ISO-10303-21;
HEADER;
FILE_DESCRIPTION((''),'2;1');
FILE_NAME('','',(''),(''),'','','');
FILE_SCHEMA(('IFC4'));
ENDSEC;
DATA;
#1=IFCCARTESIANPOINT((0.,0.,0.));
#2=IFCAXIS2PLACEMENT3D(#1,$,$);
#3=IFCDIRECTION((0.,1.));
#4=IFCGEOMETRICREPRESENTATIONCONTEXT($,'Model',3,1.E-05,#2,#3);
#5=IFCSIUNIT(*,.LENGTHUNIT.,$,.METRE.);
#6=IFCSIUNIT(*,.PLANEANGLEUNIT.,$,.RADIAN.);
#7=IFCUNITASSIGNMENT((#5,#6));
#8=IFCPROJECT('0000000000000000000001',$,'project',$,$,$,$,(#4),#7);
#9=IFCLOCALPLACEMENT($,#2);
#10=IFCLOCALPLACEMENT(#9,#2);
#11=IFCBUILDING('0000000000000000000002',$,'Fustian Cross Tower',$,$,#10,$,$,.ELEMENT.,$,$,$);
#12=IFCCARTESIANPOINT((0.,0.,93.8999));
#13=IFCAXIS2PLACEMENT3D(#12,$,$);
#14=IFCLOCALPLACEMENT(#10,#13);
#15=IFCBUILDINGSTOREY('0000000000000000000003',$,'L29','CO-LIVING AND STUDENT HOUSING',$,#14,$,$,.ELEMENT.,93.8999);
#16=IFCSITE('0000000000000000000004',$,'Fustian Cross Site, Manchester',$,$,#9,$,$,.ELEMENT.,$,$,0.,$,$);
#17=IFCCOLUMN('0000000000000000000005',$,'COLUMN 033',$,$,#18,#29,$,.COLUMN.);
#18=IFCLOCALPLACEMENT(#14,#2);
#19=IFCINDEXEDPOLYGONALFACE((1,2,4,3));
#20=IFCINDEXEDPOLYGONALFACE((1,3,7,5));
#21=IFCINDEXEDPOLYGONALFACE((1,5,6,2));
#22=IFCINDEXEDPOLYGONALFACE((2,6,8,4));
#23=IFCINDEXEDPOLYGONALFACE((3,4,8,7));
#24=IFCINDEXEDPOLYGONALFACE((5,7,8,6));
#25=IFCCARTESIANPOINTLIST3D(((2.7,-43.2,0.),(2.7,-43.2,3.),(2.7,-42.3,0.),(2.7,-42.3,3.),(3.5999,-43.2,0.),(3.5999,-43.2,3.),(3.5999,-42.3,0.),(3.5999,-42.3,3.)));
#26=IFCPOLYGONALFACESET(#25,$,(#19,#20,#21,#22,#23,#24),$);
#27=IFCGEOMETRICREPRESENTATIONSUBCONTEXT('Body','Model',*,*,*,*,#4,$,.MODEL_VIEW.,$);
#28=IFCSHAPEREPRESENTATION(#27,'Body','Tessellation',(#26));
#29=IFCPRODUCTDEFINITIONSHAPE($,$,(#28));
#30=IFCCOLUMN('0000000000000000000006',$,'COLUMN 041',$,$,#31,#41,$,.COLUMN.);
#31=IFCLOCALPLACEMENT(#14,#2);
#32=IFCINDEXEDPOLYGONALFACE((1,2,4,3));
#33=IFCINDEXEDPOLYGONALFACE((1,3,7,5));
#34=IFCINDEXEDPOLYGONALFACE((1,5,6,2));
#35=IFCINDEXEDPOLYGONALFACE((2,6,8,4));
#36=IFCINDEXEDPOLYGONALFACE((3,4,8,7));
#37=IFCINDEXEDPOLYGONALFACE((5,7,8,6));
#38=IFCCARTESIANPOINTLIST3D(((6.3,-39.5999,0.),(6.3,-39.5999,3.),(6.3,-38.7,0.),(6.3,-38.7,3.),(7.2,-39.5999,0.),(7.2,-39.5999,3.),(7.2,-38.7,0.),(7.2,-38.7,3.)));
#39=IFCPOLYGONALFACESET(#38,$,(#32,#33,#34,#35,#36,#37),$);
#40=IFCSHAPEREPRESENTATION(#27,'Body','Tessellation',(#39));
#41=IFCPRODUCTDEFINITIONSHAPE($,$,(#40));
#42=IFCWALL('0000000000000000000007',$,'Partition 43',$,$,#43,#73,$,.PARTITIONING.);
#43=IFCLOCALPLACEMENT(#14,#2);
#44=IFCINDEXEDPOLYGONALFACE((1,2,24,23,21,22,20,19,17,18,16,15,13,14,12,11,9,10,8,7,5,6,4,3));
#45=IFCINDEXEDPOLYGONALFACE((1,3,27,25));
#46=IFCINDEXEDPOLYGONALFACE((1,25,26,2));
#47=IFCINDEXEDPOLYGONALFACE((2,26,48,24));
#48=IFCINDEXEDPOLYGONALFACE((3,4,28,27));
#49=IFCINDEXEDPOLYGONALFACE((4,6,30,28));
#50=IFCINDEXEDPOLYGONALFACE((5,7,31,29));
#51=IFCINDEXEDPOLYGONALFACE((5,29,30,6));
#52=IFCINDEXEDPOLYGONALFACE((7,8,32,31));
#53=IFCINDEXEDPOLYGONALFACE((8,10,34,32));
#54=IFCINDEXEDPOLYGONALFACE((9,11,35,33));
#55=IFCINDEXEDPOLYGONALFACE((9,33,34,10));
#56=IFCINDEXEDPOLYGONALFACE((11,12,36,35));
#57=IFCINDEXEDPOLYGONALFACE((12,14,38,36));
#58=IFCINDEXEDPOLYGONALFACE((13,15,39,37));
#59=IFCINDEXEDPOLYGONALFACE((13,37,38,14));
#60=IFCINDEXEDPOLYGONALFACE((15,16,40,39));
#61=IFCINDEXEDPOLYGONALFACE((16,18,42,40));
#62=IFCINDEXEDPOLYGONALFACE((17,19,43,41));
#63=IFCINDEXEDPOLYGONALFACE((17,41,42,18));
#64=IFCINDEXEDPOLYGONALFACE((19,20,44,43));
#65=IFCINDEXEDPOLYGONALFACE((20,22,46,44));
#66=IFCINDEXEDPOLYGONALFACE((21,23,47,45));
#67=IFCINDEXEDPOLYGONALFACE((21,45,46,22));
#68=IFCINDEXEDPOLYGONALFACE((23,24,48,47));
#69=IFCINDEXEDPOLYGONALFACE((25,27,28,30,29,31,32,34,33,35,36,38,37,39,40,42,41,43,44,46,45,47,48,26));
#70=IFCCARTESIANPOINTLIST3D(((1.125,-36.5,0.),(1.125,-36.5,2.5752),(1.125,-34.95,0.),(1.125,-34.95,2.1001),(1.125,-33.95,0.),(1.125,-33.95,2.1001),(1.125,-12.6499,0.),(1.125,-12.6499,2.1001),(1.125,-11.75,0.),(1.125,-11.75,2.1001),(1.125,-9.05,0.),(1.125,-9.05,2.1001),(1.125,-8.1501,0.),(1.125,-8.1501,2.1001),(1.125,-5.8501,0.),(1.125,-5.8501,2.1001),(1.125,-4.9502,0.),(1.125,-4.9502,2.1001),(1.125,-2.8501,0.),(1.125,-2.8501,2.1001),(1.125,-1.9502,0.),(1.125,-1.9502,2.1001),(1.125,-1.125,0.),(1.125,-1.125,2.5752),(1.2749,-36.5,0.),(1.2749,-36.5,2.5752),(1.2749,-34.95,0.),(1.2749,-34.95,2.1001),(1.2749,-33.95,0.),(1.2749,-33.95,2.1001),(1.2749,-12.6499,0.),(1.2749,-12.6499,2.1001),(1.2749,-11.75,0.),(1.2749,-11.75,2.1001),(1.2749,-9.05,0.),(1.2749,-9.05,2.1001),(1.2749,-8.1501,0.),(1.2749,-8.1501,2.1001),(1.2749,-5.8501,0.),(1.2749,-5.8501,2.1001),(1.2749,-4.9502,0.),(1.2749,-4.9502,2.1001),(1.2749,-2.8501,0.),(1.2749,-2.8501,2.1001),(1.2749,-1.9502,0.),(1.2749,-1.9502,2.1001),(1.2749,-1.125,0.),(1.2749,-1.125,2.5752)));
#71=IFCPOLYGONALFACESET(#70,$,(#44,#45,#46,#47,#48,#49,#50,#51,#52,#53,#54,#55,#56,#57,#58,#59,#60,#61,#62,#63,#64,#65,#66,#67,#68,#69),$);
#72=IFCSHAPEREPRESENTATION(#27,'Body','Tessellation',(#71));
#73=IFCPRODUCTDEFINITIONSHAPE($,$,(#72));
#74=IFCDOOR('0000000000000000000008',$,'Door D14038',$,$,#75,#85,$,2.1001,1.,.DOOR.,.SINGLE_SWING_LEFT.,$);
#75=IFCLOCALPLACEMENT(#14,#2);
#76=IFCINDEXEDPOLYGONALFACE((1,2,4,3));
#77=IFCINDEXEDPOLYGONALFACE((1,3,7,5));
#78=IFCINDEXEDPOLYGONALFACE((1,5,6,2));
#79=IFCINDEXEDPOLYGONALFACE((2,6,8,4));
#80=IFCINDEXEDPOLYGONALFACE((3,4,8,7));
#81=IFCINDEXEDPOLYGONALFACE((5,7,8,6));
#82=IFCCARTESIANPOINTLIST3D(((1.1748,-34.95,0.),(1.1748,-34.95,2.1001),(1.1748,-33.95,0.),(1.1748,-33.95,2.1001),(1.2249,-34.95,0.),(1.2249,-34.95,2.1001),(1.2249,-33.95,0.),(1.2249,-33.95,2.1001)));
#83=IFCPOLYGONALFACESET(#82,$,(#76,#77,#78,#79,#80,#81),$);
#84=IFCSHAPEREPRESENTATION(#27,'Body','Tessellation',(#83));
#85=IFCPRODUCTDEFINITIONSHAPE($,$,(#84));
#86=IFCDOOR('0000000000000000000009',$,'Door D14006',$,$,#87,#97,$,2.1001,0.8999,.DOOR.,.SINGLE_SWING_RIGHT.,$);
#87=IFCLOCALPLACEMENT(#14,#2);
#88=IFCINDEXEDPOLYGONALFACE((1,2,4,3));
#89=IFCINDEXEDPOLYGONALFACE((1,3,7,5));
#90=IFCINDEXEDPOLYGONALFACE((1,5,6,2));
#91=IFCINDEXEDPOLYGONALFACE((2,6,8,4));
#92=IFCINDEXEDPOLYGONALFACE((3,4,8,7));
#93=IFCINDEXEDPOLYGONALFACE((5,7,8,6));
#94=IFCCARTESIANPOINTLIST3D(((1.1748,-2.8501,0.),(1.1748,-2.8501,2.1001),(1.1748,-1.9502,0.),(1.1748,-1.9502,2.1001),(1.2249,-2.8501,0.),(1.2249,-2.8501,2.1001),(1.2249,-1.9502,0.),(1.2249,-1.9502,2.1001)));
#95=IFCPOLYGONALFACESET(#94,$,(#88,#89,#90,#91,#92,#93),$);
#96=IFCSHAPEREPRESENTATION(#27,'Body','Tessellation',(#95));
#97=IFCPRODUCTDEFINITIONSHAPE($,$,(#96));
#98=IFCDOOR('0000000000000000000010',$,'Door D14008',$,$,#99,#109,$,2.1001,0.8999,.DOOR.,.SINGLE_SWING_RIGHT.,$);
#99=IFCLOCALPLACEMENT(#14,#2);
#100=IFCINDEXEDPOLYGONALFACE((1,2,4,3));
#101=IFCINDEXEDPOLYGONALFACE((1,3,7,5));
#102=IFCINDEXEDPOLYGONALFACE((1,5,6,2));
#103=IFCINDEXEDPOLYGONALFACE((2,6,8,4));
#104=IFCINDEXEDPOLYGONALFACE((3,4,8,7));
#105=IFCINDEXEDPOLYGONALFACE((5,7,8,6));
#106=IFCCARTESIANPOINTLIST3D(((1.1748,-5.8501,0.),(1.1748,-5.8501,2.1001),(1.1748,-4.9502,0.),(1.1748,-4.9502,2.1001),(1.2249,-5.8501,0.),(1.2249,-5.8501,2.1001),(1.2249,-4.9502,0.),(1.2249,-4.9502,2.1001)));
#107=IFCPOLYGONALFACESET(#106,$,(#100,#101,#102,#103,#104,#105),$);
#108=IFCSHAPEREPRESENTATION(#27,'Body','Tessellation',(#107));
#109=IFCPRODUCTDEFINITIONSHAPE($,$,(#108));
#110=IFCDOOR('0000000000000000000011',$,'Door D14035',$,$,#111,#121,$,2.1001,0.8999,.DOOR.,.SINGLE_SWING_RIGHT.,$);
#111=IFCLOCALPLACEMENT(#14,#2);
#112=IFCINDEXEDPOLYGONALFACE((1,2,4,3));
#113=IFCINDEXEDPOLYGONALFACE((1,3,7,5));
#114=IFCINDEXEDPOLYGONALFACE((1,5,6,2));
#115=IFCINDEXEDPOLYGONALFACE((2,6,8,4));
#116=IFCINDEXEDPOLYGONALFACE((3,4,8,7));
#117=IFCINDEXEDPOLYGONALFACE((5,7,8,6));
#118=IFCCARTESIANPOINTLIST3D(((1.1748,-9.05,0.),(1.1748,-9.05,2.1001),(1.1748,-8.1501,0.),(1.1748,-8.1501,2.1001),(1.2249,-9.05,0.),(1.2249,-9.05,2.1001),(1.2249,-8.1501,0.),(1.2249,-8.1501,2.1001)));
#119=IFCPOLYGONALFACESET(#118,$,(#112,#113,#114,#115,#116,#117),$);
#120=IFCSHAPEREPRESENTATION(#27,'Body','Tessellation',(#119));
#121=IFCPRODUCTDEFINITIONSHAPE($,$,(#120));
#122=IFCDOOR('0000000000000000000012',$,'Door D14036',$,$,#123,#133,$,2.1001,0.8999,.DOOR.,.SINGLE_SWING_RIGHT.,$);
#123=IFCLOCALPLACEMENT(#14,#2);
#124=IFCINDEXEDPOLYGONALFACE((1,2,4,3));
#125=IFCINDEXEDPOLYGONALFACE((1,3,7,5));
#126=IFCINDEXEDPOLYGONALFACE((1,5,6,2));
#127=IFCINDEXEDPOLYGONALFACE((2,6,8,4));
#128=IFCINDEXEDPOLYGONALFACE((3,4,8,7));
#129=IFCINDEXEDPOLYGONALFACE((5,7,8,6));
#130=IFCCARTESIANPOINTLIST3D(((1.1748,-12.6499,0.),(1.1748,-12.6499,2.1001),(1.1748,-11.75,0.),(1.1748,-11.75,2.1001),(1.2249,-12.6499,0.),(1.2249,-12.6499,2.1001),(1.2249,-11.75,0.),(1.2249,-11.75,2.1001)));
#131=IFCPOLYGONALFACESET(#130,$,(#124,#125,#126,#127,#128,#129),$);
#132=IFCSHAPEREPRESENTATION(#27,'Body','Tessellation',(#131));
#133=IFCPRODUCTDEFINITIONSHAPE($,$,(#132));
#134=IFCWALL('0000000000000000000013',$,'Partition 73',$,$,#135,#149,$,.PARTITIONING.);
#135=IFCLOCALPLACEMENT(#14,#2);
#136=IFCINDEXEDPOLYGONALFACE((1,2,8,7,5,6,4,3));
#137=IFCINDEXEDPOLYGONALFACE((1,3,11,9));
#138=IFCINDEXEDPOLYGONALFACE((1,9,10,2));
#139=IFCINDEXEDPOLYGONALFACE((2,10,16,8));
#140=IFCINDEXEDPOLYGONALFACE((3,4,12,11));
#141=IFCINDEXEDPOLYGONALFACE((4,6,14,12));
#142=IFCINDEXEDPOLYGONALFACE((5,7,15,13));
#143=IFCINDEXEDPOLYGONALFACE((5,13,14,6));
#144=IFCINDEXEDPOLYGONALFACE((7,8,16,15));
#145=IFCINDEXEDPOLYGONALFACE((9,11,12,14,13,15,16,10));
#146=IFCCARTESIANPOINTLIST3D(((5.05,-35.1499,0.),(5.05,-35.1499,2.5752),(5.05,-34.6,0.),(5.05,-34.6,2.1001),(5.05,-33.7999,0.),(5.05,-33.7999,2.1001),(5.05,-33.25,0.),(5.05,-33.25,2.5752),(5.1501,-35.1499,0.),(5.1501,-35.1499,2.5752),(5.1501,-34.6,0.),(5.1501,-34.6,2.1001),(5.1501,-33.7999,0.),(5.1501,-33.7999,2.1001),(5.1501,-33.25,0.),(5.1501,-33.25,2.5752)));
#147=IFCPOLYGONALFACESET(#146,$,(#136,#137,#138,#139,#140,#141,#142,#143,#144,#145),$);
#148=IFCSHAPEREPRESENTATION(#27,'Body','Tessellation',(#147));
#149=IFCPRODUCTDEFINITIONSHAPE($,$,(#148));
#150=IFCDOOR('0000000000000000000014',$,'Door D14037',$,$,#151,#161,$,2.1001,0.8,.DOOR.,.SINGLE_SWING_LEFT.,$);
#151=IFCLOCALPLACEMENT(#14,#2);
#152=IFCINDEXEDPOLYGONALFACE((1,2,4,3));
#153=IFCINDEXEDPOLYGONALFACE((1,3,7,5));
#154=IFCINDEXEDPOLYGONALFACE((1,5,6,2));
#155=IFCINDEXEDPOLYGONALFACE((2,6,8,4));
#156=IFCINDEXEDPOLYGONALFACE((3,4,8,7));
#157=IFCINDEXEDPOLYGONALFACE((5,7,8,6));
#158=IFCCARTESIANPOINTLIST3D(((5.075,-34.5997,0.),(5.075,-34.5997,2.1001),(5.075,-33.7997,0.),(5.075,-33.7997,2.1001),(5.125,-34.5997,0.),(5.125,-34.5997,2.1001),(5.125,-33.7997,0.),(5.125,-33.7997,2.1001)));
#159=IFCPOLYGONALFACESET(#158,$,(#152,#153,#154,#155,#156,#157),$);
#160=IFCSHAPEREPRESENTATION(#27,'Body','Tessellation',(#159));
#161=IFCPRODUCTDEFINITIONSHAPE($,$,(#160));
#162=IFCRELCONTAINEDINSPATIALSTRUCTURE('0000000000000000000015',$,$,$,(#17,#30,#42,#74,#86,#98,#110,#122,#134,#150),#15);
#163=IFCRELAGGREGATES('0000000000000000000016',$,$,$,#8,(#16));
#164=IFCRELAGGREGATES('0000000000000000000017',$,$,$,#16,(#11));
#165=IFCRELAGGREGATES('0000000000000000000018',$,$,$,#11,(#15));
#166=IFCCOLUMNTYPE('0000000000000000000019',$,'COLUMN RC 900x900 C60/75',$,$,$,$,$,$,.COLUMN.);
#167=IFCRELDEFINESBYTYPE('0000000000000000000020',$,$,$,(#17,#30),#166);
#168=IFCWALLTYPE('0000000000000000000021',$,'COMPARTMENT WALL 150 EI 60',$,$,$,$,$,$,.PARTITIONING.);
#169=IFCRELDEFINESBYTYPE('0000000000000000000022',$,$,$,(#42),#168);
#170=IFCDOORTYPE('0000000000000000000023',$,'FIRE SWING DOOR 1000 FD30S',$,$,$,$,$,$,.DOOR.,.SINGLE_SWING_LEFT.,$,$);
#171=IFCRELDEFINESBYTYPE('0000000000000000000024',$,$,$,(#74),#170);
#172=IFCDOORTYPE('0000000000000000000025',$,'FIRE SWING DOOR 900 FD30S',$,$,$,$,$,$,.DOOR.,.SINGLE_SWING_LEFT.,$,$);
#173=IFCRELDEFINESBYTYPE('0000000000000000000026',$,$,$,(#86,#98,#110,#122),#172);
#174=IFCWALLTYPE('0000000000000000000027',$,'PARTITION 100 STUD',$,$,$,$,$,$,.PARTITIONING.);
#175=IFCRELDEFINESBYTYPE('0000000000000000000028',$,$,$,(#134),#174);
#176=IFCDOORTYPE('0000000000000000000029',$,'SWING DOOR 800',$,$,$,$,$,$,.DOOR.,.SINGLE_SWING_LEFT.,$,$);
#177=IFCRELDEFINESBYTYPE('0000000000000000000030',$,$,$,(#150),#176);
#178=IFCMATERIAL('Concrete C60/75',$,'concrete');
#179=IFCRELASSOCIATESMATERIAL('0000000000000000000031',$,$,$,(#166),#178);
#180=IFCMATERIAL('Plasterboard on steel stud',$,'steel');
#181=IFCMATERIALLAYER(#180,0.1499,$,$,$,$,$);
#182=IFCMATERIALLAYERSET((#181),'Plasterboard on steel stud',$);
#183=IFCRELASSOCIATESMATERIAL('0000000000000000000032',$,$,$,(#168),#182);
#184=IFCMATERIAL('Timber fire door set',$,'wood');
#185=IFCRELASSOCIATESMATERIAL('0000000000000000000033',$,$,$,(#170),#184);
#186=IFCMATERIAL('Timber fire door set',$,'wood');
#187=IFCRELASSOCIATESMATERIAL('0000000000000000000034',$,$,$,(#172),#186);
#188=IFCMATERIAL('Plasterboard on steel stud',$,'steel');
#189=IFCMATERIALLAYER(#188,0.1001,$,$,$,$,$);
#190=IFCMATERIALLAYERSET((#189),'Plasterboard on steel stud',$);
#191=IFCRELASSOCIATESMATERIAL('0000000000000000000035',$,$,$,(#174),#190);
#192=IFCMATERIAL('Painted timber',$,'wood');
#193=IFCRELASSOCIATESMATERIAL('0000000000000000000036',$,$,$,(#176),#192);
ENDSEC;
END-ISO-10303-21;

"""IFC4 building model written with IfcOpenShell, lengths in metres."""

from ifc_helpers import new_model, si_unit, direction, frame, frame_2d, origin, origin_2d, place, context, subcontext, project, spatial, rectangle, extrude, material, layer, layer_set, material_profile, profile_set, type_object, element, fill, save


model = new_model("IFC4")

# Units and contexts
model_context = context("Model", 3, precision=1e-05, world=origin(), true_north=direction((0.0, 1.0)))
body_context = subcontext(model_context, "Body", "Model", "MODEL_VIEW")
ifc_project = project(units=[si_unit("LENGTHUNIT", "METRE"), si_unit("PLANEANGLEUNIT", "RADIAN")], contexts=[model_context])

# Site, building, storey
site_placement = place(None, origin())
site = spatial("IfcSite", under=ifc_project, at=site_placement, Name="Fustian Cross Site, Manchester", CompositionType="ELEMENT", RefElevation=0.0)
building_placement = place(site_placement, origin())
building = spatial("IfcBuilding", under=site, at=building_placement, Name="Fustian Cross Tower", CompositionType="ELEMENT")
storey_placement = place(building_placement, frame((0.0, 0.0, 93.8999)))
storey = spatial("IfcBuildingStorey", under=building, at=storey_placement, Name="L29", Description="CO-LIVING AND STUDENT HOUSING", CompositionType="ELEMENT", Elevation=93.8999)

# Columns
ifc_material_1 = material(Name="Concrete C60/75", Category="concrete")
ifc_material_profile = material_profile(ifc_material_1, rectangle(XDim=0.8999, YDim=0.8999, at=origin_2d()), Name="RC 900x900")
ifc_profile_set = profile_set([ifc_material_profile], Name="Concrete C60/75")
column_type = type_object("IfcColumnType", Name="COLUMN RC 900x900 C60/75", PredefinedType="COLUMN", material=ifc_profile_set)
for number, where, z_axis, x_axis, name in (
    (1, (3.1499, -42.75, 0.0), (0.0, 0.0, 1.0), (1.0, 0.0, 0.0), "COLUMN 033"),
    (2, (6.75, -39.1499, 0.0), (0.0, 0.0, 1.0), (1.0, 0.0, 0.0), "COLUMN 041"),
):
    element("IfcColumn", number, at=place(storey_placement, frame(where, z_axis=z_axis, x_axis=x_axis)), inside=storey, type_object=column_type, Name=name, PredefinedType="COLUMN", context=body_context, shape_type="SweptSolid", body=[
        extrude(rectangle(XDim=0.8999, YDim=0.8999, at=origin_2d()), origin(), (0.0, 0.0, 1.0), 3.0),
    ])

# Wall, openings, doors
ifc_material_2 = material(Name="Plasterboard on steel stud", Category="steel")
ifc_layer_1 = layer(ifc_material_2, 0.1499)
ifc_layer_set_1 = layer_set([ifc_layer_1], Name="Plasterboard on steel stud")
wall_type_1 = type_object("IfcWallType", Name="COMPARTMENT WALL 150 EI 60", PredefinedType="PARTITIONING", material=ifc_layer_set_1)
wall_1_placement = place(storey_placement, frame((1.2, -36.5, 0.0), z_axis=(0.0, 0.0, 1.0), x_axis=(0.0, 1.0, 0.0)))
wall_1 = element("IfcWall", 3, at=wall_1_placement, inside=storey, type_object=wall_type_1, Name="Partition 43", PredefinedType="PARTITIONING", context=body_context, shape_type="SweptSolid", body=[
    extrude(rectangle(XDim=35.375, YDim=0.1499, at=frame_2d((17.6875, 0.0))), origin(), (0.0, 0.0, 1.0), 2.5752),
])
opening_1_placement = place(wall_1_placement, frame((33.6499, 0.0, 0.0)))
opening_1 = element("IfcOpeningElement", 4, at=opening_1_placement, cuts=wall_1, PredefinedType="OPENING", context=body_context, shape_type="SweptSolid", body=[
    extrude(rectangle(XDim=0.8999, YDim=2.1001, at=frame_2d((0.45, 1.05))), frame((0.0, 0.085, 0.0), z_axis=(0.0, -1.0, 0.0), x_axis=(1.0, 0.0, 0.0)), (0.0, 0.0, 1.0), 0.1699),
])
opening_2_placement = place(wall_1_placement, frame((30.6499, 0.0, 0.0)))
opening_2 = element("IfcOpeningElement", 5, at=opening_2_placement, cuts=wall_1, PredefinedType="OPENING", context=body_context, shape_type="SweptSolid", body=[
    extrude(rectangle(XDim=0.8999, YDim=2.1001, at=frame_2d((0.45, 1.05))), frame((0.0, 0.085, 0.0), z_axis=(0.0, -1.0, 0.0), x_axis=(1.0, 0.0, 0.0)), (0.0, 0.0, 1.0), 0.1699),
])
opening_3_placement = place(wall_1_placement, frame((27.45, 0.0, 0.0)))
opening_3 = element("IfcOpeningElement", 6, at=opening_3_placement, cuts=wall_1, PredefinedType="OPENING", context=body_context, shape_type="SweptSolid", body=[
    extrude(rectangle(XDim=0.8999, YDim=2.1001, at=frame_2d((0.45, 1.05))), frame((0.0, 0.085, 0.0), z_axis=(0.0, -1.0, 0.0), x_axis=(1.0, 0.0, 0.0)), (0.0, 0.0, 1.0), 0.1699),
])
opening_4_placement = place(wall_1_placement, frame((23.8501, 0.0, 0.0)))
opening_4 = element("IfcOpeningElement", 7, at=opening_4_placement, cuts=wall_1, PredefinedType="OPENING", context=body_context, shape_type="SweptSolid", body=[
    extrude(rectangle(XDim=0.8999, YDim=2.1001, at=frame_2d((0.45, 1.05))), frame((0.0, 0.085, 0.0), z_axis=(0.0, -1.0, 0.0), x_axis=(1.0, 0.0, 0.0)), (0.0, 0.0, 1.0), 0.1699),
])
opening_5_placement = place(wall_1_placement, frame((1.55, 0.0, 0.0)))
opening_5 = element("IfcOpeningElement", 8, at=opening_5_placement, cuts=wall_1, PredefinedType="OPENING", context=body_context, shape_type="SweptSolid", body=[
    extrude(rectangle(XDim=1.0, YDim=2.1001, at=frame_2d((0.5, 1.05))), frame((0.0, 0.085, 0.0), z_axis=(0.0, -1.0, 0.0), x_axis=(1.0, 0.0, 0.0)), (0.0, 0.0, 1.0), 0.1699),
])
ifc_material_3 = material(Name="Timber fire door set", Category="wood")
door_type_1 = type_object("IfcDoorType", Name="FIRE SWING DOOR 1000 FD30S", OperationType="SINGLE_SWING_LEFT", PredefinedType="DOOR", material=ifc_material_3)
door_1_placement = place(opening_5_placement, frame((1.0, 0.0, 0.0), z_axis=(0.0, 0.0, 1.0), x_axis=(-1.0, 0.0, 0.0)))
door_1 = element("IfcDoor", 9, at=door_1_placement, inside=storey, type_object=door_type_1, Name="Door D14038", OperationType="SINGLE_SWING_LEFT", OverallHeight=2.1001, OverallWidth=1.0, PredefinedType="DOOR", context=body_context, shape_type="SweptSolid", body=[
    extrude(rectangle(XDim=1.0, YDim=2.1001, at=frame_2d((0.5, 1.05))), frame((0.0, 0.0249, 0.0), z_axis=(0.0, -1.0, 0.0), x_axis=(1.0, 0.0, 0.0)), (0.0, 0.0, 1.0), 0.05),
])
fill(opening_5, door_1)
ifc_material_4 = material(Name="Timber fire door set", Category="wood")
door_type_2 = type_object("IfcDoorType", Name="FIRE SWING DOOR 900 FD30S", OperationType="SINGLE_SWING_LEFT", PredefinedType="DOOR", material=ifc_material_4)
door_2_placement = place(opening_1_placement, frame((0.8999, 0.0, 0.0), z_axis=(0.0, 0.0, 1.0), x_axis=(-1.0, 0.0, 0.0)))
door_2 = element("IfcDoor", 10, at=door_2_placement, inside=storey, type_object=door_type_2, Name="Door D14006", OperationType="SINGLE_SWING_RIGHT", OverallHeight=2.1001, OverallWidth=0.8999, PredefinedType="DOOR", context=body_context, shape_type="SweptSolid", body=[
    extrude(rectangle(XDim=0.8999, YDim=2.1001, at=frame_2d((0.45, 1.05))), frame((0.0, 0.0249, 0.0), z_axis=(0.0, -1.0, 0.0), x_axis=(1.0, 0.0, 0.0)), (0.0, 0.0, 1.0), 0.05),
])
fill(opening_1, door_2)
door_3_placement = place(opening_2_placement, frame((0.8999, 0.0, 0.0), z_axis=(0.0, 0.0, 1.0), x_axis=(-1.0, 0.0, 0.0)))
door_3 = element("IfcDoor", 11, at=door_3_placement, inside=storey, type_object=door_type_2, Name="Door D14008", OperationType="SINGLE_SWING_RIGHT", OverallHeight=2.1001, OverallWidth=0.8999, PredefinedType="DOOR", context=body_context, shape_type="SweptSolid", body=[
    extrude(rectangle(XDim=0.8999, YDim=2.1001, at=frame_2d((0.45, 1.05))), frame((0.0, 0.0249, 0.0), z_axis=(0.0, -1.0, 0.0), x_axis=(1.0, 0.0, 0.0)), (0.0, 0.0, 1.0), 0.05),
])
fill(opening_2, door_3)
door_4_placement = place(opening_3_placement, frame((0.8999, 0.0, 0.0), z_axis=(0.0, 0.0, 1.0), x_axis=(-1.0, 0.0, 0.0)))
door_4 = element("IfcDoor", 12, at=door_4_placement, inside=storey, type_object=door_type_2, Name="Door D14035", OperationType="SINGLE_SWING_RIGHT", OverallHeight=2.1001, OverallWidth=0.8999, PredefinedType="DOOR", context=body_context, shape_type="SweptSolid", body=[
    extrude(rectangle(XDim=0.8999, YDim=2.1001, at=frame_2d((0.45, 1.05))), frame((0.0, 0.0249, 0.0), z_axis=(0.0, -1.0, 0.0), x_axis=(1.0, 0.0, 0.0)), (0.0, 0.0, 1.0), 0.05),
])
fill(opening_3, door_4)
door_5_placement = place(opening_4_placement, frame((0.8999, 0.0, 0.0), z_axis=(0.0, 0.0, 1.0), x_axis=(-1.0, 0.0, 0.0)))
door_5 = element("IfcDoor", 13, at=door_5_placement, inside=storey, type_object=door_type_2, Name="Door D14036", OperationType="SINGLE_SWING_RIGHT", OverallHeight=2.1001, OverallWidth=0.8999, PredefinedType="DOOR", context=body_context, shape_type="SweptSolid", body=[
    extrude(rectangle(XDim=0.8999, YDim=2.1001, at=frame_2d((0.45, 1.05))), frame((0.0, 0.0249, 0.0), z_axis=(0.0, -1.0, 0.0), x_axis=(1.0, 0.0, 0.0)), (0.0, 0.0, 1.0), 0.05),
])
fill(opening_4, door_5)

# Wall, opening, door
ifc_material_5 = material(Name="Plasterboard on steel stud", Category="steel")
ifc_layer_2 = layer(ifc_material_5, 0.1001)
ifc_layer_set_2 = layer_set([ifc_layer_2], Name="Plasterboard on steel stud")
wall_type_2 = type_object("IfcWallType", Name="PARTITION 100 STUD", PredefinedType="PARTITIONING", material=ifc_layer_set_2)
wall_2_placement = place(storey_placement, frame((5.1001, -35.1499, 0.0), z_axis=(0.0, 0.0, 1.0), x_axis=(0.0, 1.0, 0.0)))
wall_2 = element("IfcWall", 14, at=wall_2_placement, inside=storey, type_object=wall_type_2, Name="Partition 73", PredefinedType="PARTITIONING", context=body_context, shape_type="SweptSolid", body=[
    extrude(rectangle(XDim=1.8999, YDim=0.1001, at=frame_2d((0.95, 0.0))), origin(), (0.0, 0.0, 1.0), 2.5752),
])
opening_6_placement = place(wall_2_placement, frame((0.55, 0.0, 0.0)))
opening_6 = element("IfcOpeningElement", 15, at=opening_6_placement, cuts=wall_2, PredefinedType="OPENING", context=body_context, shape_type="SweptSolid", body=[
    extrude(rectangle(XDim=0.8, YDim=2.1001, at=frame_2d((0.3999, 1.05))), frame((0.0, 0.0601, 0.0), z_axis=(0.0, -1.0, 0.0), x_axis=(1.0, 0.0, 0.0)), (0.0, 0.0, 1.0), 0.1201),
])
ifc_material_6 = material(Name="Painted timber", Category="wood")
door_type_3 = type_object("IfcDoorType", Name="SWING DOOR 800", OperationType="SINGLE_SWING_LEFT", PredefinedType="DOOR", material=ifc_material_6)
door_6_placement = place(opening_6_placement, frame((0.8, 0.0, 0.0), z_axis=(0.0, 0.0, 1.0), x_axis=(-1.0, 0.0, 0.0)))
door_6 = element("IfcDoor", 16, at=door_6_placement, inside=storey, type_object=door_type_3, Name="Door D14037", OperationType="SINGLE_SWING_LEFT", OverallHeight=2.1001, OverallWidth=0.8, PredefinedType="DOOR", context=body_context, shape_type="SweptSolid", body=[
    extrude(rectangle(XDim=0.8, YDim=2.1001, at=frame_2d((0.3999, 1.05))), frame((0.0, 0.0249, 0.0), z_axis=(0.0, -1.0, 0.0), x_axis=(1.0, 0.0, 0.0)), (0.0, 0.0, 1.0), 0.05),
])
fill(opening_6, door_6)

save(model, "model.ifc")
